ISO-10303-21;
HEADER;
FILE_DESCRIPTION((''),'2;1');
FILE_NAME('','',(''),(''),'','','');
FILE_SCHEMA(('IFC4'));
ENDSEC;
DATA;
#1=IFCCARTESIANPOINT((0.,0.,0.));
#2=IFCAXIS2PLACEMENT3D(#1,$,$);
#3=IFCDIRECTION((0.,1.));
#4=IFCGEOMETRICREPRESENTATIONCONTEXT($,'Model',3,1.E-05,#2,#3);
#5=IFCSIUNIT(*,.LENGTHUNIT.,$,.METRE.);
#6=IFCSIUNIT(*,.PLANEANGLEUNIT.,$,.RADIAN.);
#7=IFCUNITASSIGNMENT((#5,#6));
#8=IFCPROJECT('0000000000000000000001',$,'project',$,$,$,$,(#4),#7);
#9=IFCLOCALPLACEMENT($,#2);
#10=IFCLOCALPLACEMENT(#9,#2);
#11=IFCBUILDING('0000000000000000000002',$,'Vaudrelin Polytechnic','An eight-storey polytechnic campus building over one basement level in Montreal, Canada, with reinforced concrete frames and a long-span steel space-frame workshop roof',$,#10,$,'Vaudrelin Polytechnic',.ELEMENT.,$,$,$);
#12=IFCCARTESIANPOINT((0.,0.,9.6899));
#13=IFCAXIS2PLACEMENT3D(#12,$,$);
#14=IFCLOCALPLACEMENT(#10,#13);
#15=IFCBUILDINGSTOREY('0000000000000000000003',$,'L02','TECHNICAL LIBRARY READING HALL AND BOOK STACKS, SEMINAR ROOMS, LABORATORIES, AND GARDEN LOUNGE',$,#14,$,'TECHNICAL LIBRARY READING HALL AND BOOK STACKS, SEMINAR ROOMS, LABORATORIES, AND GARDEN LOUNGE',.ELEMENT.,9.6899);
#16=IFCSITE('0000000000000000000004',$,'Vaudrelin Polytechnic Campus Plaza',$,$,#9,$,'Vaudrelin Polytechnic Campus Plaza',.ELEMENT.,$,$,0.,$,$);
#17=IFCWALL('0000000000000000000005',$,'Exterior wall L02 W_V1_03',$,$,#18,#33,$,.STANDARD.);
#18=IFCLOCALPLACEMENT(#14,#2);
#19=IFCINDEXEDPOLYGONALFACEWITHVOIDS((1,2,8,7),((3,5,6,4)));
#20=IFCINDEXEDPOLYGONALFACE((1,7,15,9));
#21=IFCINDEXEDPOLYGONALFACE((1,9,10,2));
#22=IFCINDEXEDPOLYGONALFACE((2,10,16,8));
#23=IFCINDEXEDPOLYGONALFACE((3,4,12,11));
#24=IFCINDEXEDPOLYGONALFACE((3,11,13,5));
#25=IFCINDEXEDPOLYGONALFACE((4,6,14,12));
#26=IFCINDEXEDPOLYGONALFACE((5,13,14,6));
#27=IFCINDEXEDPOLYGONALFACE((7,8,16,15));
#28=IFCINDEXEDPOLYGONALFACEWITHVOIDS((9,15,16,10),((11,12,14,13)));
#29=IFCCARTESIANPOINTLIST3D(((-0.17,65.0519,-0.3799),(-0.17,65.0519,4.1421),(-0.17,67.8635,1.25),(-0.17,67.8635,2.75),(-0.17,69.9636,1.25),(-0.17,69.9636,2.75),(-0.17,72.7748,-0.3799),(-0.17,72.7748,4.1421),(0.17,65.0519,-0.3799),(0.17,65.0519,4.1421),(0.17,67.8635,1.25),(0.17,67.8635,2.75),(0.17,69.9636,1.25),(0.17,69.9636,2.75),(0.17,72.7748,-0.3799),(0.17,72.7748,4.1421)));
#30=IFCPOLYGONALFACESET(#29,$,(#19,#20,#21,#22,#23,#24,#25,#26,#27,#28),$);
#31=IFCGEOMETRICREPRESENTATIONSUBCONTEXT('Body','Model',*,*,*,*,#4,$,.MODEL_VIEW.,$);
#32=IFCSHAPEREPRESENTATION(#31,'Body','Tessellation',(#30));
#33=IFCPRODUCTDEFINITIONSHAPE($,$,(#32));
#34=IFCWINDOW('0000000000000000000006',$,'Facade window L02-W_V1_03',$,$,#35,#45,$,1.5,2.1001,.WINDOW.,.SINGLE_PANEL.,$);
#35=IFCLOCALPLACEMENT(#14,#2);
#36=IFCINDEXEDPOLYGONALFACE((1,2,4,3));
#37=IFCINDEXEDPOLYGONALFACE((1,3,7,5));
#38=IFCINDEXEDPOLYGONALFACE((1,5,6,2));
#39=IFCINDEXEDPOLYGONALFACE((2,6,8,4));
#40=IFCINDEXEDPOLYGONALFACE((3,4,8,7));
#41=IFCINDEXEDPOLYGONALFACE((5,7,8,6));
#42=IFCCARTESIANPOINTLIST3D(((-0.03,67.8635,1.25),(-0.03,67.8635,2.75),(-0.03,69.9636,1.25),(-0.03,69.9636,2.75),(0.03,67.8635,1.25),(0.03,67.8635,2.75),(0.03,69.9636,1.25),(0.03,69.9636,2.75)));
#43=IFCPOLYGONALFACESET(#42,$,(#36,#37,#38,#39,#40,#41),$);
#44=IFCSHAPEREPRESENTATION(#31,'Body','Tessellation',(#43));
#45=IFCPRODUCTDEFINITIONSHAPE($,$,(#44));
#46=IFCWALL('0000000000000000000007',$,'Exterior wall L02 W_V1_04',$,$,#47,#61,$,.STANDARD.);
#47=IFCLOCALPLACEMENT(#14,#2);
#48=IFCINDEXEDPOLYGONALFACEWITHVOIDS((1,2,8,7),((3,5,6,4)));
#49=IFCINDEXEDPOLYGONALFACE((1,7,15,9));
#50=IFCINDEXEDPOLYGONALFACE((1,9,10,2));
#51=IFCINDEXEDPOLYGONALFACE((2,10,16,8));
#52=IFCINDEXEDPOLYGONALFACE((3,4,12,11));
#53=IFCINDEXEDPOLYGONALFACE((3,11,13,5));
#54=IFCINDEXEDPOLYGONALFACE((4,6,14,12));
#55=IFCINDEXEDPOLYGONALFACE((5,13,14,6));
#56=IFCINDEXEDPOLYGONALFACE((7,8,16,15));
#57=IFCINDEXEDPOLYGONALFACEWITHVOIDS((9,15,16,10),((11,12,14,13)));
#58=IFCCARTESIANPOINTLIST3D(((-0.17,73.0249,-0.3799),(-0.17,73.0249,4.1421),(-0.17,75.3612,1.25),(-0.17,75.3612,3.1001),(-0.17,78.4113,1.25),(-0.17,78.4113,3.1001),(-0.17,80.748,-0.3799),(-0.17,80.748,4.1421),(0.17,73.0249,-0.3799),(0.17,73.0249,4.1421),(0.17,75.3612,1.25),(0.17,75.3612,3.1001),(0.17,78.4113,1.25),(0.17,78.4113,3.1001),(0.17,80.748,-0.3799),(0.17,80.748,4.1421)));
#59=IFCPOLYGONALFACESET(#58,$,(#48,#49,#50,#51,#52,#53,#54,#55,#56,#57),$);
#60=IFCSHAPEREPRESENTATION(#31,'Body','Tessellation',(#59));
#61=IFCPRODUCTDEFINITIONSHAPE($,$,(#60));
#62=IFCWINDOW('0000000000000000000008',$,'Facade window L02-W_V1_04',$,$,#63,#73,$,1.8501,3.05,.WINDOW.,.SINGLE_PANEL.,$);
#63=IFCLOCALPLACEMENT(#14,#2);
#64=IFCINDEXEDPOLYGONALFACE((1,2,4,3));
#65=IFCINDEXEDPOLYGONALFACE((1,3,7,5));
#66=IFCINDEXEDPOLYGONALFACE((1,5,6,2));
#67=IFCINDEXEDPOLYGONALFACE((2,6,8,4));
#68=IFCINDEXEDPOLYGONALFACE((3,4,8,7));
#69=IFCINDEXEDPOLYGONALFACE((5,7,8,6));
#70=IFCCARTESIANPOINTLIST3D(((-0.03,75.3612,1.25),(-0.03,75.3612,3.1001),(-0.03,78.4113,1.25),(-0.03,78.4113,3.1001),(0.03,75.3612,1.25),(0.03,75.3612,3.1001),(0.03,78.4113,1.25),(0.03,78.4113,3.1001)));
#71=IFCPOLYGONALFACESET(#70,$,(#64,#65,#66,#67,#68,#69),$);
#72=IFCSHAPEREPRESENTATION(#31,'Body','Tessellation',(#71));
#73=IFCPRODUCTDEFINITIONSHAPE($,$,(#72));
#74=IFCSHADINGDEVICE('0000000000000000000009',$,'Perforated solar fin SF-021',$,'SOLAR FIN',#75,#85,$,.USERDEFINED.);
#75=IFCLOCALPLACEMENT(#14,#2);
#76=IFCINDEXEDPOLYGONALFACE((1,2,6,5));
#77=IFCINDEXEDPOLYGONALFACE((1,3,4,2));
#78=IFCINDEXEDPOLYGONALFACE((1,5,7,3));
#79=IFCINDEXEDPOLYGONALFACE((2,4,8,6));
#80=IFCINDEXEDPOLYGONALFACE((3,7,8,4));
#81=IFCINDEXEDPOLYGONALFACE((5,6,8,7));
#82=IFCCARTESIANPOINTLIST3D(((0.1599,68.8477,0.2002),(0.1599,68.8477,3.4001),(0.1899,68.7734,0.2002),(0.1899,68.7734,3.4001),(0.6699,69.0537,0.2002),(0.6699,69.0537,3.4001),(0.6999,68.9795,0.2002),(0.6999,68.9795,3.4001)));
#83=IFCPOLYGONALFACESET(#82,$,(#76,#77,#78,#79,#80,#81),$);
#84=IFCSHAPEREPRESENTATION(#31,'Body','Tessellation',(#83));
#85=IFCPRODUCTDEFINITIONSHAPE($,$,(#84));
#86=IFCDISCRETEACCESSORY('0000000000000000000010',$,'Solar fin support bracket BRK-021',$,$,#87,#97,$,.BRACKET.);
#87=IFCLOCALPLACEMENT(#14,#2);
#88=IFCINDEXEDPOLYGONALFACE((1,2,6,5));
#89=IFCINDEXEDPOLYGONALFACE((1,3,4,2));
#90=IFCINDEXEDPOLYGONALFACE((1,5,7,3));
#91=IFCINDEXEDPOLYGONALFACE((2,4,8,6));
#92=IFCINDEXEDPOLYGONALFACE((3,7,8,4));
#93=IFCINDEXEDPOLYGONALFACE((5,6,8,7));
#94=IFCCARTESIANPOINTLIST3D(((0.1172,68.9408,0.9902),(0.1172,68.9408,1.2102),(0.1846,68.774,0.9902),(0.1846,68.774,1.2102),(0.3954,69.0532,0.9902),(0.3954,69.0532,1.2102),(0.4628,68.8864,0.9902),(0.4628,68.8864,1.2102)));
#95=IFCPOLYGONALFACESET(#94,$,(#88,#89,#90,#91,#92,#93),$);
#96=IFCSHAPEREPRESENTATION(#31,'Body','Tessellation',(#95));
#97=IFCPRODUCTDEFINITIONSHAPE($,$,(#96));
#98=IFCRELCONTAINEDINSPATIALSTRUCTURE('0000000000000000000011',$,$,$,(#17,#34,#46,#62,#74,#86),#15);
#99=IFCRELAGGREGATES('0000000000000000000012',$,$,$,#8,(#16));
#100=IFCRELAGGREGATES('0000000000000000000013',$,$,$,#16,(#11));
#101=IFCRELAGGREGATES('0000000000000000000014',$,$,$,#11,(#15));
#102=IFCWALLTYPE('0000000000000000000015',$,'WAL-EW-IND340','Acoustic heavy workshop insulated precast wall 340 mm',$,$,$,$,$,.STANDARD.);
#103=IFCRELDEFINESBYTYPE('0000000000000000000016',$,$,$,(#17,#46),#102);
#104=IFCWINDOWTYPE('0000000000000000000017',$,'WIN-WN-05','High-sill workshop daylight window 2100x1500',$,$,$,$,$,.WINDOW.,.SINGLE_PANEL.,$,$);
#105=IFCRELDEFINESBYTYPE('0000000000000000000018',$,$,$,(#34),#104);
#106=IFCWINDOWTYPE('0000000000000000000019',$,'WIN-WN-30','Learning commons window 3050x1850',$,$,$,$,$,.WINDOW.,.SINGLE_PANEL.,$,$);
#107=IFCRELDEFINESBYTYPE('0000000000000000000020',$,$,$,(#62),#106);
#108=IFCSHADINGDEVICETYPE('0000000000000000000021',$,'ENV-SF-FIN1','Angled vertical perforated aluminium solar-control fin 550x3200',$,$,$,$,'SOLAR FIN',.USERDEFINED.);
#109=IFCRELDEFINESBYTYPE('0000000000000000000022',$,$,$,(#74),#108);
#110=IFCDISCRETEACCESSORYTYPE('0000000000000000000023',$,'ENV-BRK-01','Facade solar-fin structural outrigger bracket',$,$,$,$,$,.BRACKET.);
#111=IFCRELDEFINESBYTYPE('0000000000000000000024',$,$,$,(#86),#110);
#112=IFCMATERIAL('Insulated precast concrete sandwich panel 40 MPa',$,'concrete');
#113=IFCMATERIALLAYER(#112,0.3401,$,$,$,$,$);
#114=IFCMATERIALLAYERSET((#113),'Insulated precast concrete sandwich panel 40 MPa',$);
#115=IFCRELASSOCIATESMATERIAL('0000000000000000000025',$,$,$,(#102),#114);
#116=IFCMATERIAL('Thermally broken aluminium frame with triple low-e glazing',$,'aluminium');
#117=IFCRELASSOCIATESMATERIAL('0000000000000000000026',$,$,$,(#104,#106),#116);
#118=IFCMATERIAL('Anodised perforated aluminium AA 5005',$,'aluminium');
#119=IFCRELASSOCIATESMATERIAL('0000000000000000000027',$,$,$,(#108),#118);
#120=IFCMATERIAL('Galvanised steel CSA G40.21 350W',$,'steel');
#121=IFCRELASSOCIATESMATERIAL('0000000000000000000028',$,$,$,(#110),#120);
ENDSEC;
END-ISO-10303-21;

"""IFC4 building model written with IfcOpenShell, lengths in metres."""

from ifc_helpers import new_model, si_unit, direction, frame, frame_2d, origin, origin_2d, place, context, subcontext, project, spatial, rectangle, extrude, material, layer, layer_set, type_object, element, fill, save


model = new_model("IFC4")

# Units and contexts
model_context = context("Model", 3, precision=1e-05, world=origin(), true_north=direction((0.0, 1.0)))
body_context = subcontext(model_context, "Body", "Model", "MODEL_VIEW")
ifc_project = project(units=[si_unit("LENGTHUNIT", "METRE"), si_unit("PLANEANGLEUNIT", "RADIAN")], contexts=[model_context])

# Site, building, storey
site_placement = place(None, origin())
site = spatial("IfcSite", under=ifc_project, at=site_placement, Name="Vaudrelin Polytechnic Campus Plaza", LongName="Vaudrelin Polytechnic Campus Plaza", CompositionType="ELEMENT", RefElevation=0.0)
building_placement = place(site_placement, origin())
building = spatial("IfcBuilding", under=site, at=building_placement, Name="Vaudrelin Polytechnic", Description="An eight-storey polytechnic campus building over one basement level in Montreal, Canada, with reinforced concrete frames and a long-span steel space-frame workshop roof", LongName="Vaudrelin Polytechnic", CompositionType="ELEMENT")
storey_placement = place(building_placement, frame((0.0, 0.0, 9.6899)))
storey = spatial("IfcBuildingStorey", under=building, at=storey_placement, Name="L02", Description="TECHNICAL LIBRARY READING HALL AND BOOK STACKS, SEMINAR ROOMS, LABORATORIES, AND GARDEN LOUNGE", LongName="TECHNICAL LIBRARY READING HALL AND BOOK STACKS, SEMINAR ROOMS, LABORATORIES, AND GARDEN LOUNGE", CompositionType="ELEMENT", Elevation=9.6899)

# Walls, openings, windows
ifc_material_1 = material(Name="Insulated precast concrete sandwich panel 40 MPa", Category="concrete")
ifc_layer_1 = layer(ifc_material_1, 0.3401)
ifc_layer_set_1 = layer_set([ifc_layer_1], Name="Insulated precast concrete sandwich panel 40 MPa")
wall_type = type_object("IfcWallType", Name="WAL-EW-IND340", Description="Acoustic heavy workshop insulated precast wall 340 mm", PredefinedType="STANDARD", material=ifc_layer_set_1)
wall_1_placement = place(storey_placement, frame((0.0, 65.052, -0.3799), z_axis=(0.0, 0.0, 1.0), x_axis=(0.0, 1.0, 0.0)))
wall_1 = element("IfcWall", 1, at=wall_1_placement, inside=storey, type_object=wall_type, Name="Exterior wall L02 W_V1_03", PredefinedType="STANDARD", context=body_context, shape_type="SweptSolid", body=[
    extrude(rectangle(XDim=7.7229, YDim=0.3401, at=frame_2d((3.8613, 0.0))), origin(), (0.0, 0.0, 1.0), 4.522),
])
opening_1_placement = place(wall_1_placement, frame((2.8115, 0.0, 1.6299)))
opening_1 = element("IfcOpeningElement", 2, at=opening_1_placement, cuts=wall_1, PredefinedType="OPENING", context=body_context, shape_type="SweptSolid", body=[
    extrude(rectangle(XDim=2.1001, YDim=1.5, at=frame_2d((1.05, 0.75))), frame((0.0, 0.1802, 0.0), z_axis=(0.0, -1.0, 0.0), x_axis=(1.0, 0.0, 0.0)), (0.0, 0.0, 1.0), 0.3601),
])
ifc_material_2 = material(Name="Thermally broken aluminium frame with triple low-e glazing", Category="aluminium")
window_type_1 = type_object("IfcWindowType", Name="WIN-WN-05", Description="High-sill workshop daylight window 2100x1500", PartitioningType="SINGLE_PANEL", PredefinedType="WINDOW", material=ifc_material_2)
window_1_placement = place(opening_1_placement, origin())
window_1 = element("IfcWindow", 3, at=window_1_placement, inside=storey, type_object=window_type_1, Name="Facade window L02-W_V1_03", OverallHeight=1.5, OverallWidth=2.1001, PartitioningType="SINGLE_PANEL", PredefinedType="WINDOW", context=body_context, shape_type="SweptSolid", body=[
    extrude(rectangle(XDim=2.1001, YDim=1.5, at=frame_2d((1.05, 0.75))), frame((0.0, 0.03, 0.0), z_axis=(0.0, -1.0, 0.0), x_axis=(1.0, 0.0, 0.0)), (0.0, 0.0, 1.0), 0.0601),
])
fill(opening_1, window_1)
wall_2_placement = place(storey_placement, frame((0.0, 73.0249, -0.3799), z_axis=(0.0, 0.0, 1.0), x_axis=(0.0, 1.0, 0.0)))
wall_2 = element("IfcWall", 4, at=wall_2_placement, inside=storey, type_object=wall_type, Name="Exterior wall L02 W_V1_04", PredefinedType="STANDARD", context=body_context, shape_type="SweptSolid", body=[
    extrude(rectangle(XDim=7.7231, YDim=0.3401, at=frame_2d((3.8616, 0.0))), origin(), (0.0, 0.0, 1.0), 4.522),
])
opening_2_placement = place(wall_2_placement, frame((2.3364, 0.0, 1.6299)))
opening_2 = element("IfcOpeningElement", 5, at=opening_2_placement, cuts=wall_2, PredefinedType="OPENING", context=body_context, shape_type="SweptSolid", body=[
    extrude(rectangle(XDim=3.05, YDim=1.8501, at=frame_2d((1.5249, 0.925))), frame((0.0, 0.1802, 0.0), z_axis=(0.0, -1.0, 0.0), x_axis=(1.0, 0.0, 0.0)), (0.0, 0.0, 1.0), 0.3601),
])
window_type_2 = type_object("IfcWindowType", Name="WIN-WN-30", Description="Learning commons window 3050x1850", PartitioningType="SINGLE_PANEL", PredefinedType="WINDOW", material=ifc_material_2)
window_2_placement = place(opening_2_placement, origin())
window_2 = element("IfcWindow", 6, at=window_2_placement, inside=storey, type_object=window_type_2, Name="Facade window L02-W_V1_04", OverallHeight=1.8501, OverallWidth=3.05, PartitioningType="SINGLE_PANEL", PredefinedType="WINDOW", context=body_context, shape_type="SweptSolid", body=[
    extrude(rectangle(XDim=3.05, YDim=1.8501, at=frame_2d((1.5249, 0.925))), frame((0.0, 0.03, 0.0), z_axis=(0.0, -1.0, 0.0), x_axis=(1.0, 0.0, 0.0)), (0.0, 0.0, 1.0), 0.0601),
])
fill(opening_2, window_2)

# Shading device
ifc_material_3 = material(Name="Anodised perforated aluminium AA 5005", Category="aluminium")
shading_device_type = type_object("IfcShadingDeviceType", Name="ENV-SF-FIN1", Description="Angled vertical perforated aluminium solar-control fin 550x3200", ElementType="SOLAR FIN", PredefinedType="USERDEFINED", material=ifc_material_3)
shading_device_placement = place(storey_placement, frame((0.4299, 68.9136, 0.2002), z_axis=(0.0, 0.0, 1.0), x_axis=(0.927184, 0.374607, 0.0)))
element("IfcShadingDevice", 7, at=shading_device_placement, inside=storey, type_object=shading_device_type, Name="Perforated solar fin SF-021", ObjectType="SOLAR FIN", PredefinedType="USERDEFINED", context=body_context, shape_type="SweptSolid", body=[
    extrude(rectangle(XDim=0.55, YDim=0.0801, at=origin_2d()), origin(), (0.0, 0.0, 1.0), 3.2),
])

# Discrete accessory
ifc_material_4 = material(Name="Galvanised steel CSA G40.21 350W", Category="steel")
discrete_accessory_type = type_object("IfcDiscreteAccessoryType", Name="ENV-BRK-01", Description="Facade solar-fin structural outrigger bracket", PredefinedType="BRACKET", material=ifc_material_4)
discrete_accessory_placement = place(storey_placement, frame((0.29, 68.9136, 0.9902), z_axis=(0.0, 0.0, 1.0), x_axis=(0.927184, 0.374607, 0.0)))
element("IfcDiscreteAccessory", 8, at=discrete_accessory_placement, inside=storey, type_object=discrete_accessory_type, Name="Solar fin support bracket BRK-021", PredefinedType="BRACKET", context=body_context, shape_type="SweptSolid", body=[
    extrude(rectangle(XDim=0.3, YDim=0.1799, at=origin_2d()), origin(), (0.0, 0.0, 1.0), 0.22),
])

save(model, "model.ifc")
